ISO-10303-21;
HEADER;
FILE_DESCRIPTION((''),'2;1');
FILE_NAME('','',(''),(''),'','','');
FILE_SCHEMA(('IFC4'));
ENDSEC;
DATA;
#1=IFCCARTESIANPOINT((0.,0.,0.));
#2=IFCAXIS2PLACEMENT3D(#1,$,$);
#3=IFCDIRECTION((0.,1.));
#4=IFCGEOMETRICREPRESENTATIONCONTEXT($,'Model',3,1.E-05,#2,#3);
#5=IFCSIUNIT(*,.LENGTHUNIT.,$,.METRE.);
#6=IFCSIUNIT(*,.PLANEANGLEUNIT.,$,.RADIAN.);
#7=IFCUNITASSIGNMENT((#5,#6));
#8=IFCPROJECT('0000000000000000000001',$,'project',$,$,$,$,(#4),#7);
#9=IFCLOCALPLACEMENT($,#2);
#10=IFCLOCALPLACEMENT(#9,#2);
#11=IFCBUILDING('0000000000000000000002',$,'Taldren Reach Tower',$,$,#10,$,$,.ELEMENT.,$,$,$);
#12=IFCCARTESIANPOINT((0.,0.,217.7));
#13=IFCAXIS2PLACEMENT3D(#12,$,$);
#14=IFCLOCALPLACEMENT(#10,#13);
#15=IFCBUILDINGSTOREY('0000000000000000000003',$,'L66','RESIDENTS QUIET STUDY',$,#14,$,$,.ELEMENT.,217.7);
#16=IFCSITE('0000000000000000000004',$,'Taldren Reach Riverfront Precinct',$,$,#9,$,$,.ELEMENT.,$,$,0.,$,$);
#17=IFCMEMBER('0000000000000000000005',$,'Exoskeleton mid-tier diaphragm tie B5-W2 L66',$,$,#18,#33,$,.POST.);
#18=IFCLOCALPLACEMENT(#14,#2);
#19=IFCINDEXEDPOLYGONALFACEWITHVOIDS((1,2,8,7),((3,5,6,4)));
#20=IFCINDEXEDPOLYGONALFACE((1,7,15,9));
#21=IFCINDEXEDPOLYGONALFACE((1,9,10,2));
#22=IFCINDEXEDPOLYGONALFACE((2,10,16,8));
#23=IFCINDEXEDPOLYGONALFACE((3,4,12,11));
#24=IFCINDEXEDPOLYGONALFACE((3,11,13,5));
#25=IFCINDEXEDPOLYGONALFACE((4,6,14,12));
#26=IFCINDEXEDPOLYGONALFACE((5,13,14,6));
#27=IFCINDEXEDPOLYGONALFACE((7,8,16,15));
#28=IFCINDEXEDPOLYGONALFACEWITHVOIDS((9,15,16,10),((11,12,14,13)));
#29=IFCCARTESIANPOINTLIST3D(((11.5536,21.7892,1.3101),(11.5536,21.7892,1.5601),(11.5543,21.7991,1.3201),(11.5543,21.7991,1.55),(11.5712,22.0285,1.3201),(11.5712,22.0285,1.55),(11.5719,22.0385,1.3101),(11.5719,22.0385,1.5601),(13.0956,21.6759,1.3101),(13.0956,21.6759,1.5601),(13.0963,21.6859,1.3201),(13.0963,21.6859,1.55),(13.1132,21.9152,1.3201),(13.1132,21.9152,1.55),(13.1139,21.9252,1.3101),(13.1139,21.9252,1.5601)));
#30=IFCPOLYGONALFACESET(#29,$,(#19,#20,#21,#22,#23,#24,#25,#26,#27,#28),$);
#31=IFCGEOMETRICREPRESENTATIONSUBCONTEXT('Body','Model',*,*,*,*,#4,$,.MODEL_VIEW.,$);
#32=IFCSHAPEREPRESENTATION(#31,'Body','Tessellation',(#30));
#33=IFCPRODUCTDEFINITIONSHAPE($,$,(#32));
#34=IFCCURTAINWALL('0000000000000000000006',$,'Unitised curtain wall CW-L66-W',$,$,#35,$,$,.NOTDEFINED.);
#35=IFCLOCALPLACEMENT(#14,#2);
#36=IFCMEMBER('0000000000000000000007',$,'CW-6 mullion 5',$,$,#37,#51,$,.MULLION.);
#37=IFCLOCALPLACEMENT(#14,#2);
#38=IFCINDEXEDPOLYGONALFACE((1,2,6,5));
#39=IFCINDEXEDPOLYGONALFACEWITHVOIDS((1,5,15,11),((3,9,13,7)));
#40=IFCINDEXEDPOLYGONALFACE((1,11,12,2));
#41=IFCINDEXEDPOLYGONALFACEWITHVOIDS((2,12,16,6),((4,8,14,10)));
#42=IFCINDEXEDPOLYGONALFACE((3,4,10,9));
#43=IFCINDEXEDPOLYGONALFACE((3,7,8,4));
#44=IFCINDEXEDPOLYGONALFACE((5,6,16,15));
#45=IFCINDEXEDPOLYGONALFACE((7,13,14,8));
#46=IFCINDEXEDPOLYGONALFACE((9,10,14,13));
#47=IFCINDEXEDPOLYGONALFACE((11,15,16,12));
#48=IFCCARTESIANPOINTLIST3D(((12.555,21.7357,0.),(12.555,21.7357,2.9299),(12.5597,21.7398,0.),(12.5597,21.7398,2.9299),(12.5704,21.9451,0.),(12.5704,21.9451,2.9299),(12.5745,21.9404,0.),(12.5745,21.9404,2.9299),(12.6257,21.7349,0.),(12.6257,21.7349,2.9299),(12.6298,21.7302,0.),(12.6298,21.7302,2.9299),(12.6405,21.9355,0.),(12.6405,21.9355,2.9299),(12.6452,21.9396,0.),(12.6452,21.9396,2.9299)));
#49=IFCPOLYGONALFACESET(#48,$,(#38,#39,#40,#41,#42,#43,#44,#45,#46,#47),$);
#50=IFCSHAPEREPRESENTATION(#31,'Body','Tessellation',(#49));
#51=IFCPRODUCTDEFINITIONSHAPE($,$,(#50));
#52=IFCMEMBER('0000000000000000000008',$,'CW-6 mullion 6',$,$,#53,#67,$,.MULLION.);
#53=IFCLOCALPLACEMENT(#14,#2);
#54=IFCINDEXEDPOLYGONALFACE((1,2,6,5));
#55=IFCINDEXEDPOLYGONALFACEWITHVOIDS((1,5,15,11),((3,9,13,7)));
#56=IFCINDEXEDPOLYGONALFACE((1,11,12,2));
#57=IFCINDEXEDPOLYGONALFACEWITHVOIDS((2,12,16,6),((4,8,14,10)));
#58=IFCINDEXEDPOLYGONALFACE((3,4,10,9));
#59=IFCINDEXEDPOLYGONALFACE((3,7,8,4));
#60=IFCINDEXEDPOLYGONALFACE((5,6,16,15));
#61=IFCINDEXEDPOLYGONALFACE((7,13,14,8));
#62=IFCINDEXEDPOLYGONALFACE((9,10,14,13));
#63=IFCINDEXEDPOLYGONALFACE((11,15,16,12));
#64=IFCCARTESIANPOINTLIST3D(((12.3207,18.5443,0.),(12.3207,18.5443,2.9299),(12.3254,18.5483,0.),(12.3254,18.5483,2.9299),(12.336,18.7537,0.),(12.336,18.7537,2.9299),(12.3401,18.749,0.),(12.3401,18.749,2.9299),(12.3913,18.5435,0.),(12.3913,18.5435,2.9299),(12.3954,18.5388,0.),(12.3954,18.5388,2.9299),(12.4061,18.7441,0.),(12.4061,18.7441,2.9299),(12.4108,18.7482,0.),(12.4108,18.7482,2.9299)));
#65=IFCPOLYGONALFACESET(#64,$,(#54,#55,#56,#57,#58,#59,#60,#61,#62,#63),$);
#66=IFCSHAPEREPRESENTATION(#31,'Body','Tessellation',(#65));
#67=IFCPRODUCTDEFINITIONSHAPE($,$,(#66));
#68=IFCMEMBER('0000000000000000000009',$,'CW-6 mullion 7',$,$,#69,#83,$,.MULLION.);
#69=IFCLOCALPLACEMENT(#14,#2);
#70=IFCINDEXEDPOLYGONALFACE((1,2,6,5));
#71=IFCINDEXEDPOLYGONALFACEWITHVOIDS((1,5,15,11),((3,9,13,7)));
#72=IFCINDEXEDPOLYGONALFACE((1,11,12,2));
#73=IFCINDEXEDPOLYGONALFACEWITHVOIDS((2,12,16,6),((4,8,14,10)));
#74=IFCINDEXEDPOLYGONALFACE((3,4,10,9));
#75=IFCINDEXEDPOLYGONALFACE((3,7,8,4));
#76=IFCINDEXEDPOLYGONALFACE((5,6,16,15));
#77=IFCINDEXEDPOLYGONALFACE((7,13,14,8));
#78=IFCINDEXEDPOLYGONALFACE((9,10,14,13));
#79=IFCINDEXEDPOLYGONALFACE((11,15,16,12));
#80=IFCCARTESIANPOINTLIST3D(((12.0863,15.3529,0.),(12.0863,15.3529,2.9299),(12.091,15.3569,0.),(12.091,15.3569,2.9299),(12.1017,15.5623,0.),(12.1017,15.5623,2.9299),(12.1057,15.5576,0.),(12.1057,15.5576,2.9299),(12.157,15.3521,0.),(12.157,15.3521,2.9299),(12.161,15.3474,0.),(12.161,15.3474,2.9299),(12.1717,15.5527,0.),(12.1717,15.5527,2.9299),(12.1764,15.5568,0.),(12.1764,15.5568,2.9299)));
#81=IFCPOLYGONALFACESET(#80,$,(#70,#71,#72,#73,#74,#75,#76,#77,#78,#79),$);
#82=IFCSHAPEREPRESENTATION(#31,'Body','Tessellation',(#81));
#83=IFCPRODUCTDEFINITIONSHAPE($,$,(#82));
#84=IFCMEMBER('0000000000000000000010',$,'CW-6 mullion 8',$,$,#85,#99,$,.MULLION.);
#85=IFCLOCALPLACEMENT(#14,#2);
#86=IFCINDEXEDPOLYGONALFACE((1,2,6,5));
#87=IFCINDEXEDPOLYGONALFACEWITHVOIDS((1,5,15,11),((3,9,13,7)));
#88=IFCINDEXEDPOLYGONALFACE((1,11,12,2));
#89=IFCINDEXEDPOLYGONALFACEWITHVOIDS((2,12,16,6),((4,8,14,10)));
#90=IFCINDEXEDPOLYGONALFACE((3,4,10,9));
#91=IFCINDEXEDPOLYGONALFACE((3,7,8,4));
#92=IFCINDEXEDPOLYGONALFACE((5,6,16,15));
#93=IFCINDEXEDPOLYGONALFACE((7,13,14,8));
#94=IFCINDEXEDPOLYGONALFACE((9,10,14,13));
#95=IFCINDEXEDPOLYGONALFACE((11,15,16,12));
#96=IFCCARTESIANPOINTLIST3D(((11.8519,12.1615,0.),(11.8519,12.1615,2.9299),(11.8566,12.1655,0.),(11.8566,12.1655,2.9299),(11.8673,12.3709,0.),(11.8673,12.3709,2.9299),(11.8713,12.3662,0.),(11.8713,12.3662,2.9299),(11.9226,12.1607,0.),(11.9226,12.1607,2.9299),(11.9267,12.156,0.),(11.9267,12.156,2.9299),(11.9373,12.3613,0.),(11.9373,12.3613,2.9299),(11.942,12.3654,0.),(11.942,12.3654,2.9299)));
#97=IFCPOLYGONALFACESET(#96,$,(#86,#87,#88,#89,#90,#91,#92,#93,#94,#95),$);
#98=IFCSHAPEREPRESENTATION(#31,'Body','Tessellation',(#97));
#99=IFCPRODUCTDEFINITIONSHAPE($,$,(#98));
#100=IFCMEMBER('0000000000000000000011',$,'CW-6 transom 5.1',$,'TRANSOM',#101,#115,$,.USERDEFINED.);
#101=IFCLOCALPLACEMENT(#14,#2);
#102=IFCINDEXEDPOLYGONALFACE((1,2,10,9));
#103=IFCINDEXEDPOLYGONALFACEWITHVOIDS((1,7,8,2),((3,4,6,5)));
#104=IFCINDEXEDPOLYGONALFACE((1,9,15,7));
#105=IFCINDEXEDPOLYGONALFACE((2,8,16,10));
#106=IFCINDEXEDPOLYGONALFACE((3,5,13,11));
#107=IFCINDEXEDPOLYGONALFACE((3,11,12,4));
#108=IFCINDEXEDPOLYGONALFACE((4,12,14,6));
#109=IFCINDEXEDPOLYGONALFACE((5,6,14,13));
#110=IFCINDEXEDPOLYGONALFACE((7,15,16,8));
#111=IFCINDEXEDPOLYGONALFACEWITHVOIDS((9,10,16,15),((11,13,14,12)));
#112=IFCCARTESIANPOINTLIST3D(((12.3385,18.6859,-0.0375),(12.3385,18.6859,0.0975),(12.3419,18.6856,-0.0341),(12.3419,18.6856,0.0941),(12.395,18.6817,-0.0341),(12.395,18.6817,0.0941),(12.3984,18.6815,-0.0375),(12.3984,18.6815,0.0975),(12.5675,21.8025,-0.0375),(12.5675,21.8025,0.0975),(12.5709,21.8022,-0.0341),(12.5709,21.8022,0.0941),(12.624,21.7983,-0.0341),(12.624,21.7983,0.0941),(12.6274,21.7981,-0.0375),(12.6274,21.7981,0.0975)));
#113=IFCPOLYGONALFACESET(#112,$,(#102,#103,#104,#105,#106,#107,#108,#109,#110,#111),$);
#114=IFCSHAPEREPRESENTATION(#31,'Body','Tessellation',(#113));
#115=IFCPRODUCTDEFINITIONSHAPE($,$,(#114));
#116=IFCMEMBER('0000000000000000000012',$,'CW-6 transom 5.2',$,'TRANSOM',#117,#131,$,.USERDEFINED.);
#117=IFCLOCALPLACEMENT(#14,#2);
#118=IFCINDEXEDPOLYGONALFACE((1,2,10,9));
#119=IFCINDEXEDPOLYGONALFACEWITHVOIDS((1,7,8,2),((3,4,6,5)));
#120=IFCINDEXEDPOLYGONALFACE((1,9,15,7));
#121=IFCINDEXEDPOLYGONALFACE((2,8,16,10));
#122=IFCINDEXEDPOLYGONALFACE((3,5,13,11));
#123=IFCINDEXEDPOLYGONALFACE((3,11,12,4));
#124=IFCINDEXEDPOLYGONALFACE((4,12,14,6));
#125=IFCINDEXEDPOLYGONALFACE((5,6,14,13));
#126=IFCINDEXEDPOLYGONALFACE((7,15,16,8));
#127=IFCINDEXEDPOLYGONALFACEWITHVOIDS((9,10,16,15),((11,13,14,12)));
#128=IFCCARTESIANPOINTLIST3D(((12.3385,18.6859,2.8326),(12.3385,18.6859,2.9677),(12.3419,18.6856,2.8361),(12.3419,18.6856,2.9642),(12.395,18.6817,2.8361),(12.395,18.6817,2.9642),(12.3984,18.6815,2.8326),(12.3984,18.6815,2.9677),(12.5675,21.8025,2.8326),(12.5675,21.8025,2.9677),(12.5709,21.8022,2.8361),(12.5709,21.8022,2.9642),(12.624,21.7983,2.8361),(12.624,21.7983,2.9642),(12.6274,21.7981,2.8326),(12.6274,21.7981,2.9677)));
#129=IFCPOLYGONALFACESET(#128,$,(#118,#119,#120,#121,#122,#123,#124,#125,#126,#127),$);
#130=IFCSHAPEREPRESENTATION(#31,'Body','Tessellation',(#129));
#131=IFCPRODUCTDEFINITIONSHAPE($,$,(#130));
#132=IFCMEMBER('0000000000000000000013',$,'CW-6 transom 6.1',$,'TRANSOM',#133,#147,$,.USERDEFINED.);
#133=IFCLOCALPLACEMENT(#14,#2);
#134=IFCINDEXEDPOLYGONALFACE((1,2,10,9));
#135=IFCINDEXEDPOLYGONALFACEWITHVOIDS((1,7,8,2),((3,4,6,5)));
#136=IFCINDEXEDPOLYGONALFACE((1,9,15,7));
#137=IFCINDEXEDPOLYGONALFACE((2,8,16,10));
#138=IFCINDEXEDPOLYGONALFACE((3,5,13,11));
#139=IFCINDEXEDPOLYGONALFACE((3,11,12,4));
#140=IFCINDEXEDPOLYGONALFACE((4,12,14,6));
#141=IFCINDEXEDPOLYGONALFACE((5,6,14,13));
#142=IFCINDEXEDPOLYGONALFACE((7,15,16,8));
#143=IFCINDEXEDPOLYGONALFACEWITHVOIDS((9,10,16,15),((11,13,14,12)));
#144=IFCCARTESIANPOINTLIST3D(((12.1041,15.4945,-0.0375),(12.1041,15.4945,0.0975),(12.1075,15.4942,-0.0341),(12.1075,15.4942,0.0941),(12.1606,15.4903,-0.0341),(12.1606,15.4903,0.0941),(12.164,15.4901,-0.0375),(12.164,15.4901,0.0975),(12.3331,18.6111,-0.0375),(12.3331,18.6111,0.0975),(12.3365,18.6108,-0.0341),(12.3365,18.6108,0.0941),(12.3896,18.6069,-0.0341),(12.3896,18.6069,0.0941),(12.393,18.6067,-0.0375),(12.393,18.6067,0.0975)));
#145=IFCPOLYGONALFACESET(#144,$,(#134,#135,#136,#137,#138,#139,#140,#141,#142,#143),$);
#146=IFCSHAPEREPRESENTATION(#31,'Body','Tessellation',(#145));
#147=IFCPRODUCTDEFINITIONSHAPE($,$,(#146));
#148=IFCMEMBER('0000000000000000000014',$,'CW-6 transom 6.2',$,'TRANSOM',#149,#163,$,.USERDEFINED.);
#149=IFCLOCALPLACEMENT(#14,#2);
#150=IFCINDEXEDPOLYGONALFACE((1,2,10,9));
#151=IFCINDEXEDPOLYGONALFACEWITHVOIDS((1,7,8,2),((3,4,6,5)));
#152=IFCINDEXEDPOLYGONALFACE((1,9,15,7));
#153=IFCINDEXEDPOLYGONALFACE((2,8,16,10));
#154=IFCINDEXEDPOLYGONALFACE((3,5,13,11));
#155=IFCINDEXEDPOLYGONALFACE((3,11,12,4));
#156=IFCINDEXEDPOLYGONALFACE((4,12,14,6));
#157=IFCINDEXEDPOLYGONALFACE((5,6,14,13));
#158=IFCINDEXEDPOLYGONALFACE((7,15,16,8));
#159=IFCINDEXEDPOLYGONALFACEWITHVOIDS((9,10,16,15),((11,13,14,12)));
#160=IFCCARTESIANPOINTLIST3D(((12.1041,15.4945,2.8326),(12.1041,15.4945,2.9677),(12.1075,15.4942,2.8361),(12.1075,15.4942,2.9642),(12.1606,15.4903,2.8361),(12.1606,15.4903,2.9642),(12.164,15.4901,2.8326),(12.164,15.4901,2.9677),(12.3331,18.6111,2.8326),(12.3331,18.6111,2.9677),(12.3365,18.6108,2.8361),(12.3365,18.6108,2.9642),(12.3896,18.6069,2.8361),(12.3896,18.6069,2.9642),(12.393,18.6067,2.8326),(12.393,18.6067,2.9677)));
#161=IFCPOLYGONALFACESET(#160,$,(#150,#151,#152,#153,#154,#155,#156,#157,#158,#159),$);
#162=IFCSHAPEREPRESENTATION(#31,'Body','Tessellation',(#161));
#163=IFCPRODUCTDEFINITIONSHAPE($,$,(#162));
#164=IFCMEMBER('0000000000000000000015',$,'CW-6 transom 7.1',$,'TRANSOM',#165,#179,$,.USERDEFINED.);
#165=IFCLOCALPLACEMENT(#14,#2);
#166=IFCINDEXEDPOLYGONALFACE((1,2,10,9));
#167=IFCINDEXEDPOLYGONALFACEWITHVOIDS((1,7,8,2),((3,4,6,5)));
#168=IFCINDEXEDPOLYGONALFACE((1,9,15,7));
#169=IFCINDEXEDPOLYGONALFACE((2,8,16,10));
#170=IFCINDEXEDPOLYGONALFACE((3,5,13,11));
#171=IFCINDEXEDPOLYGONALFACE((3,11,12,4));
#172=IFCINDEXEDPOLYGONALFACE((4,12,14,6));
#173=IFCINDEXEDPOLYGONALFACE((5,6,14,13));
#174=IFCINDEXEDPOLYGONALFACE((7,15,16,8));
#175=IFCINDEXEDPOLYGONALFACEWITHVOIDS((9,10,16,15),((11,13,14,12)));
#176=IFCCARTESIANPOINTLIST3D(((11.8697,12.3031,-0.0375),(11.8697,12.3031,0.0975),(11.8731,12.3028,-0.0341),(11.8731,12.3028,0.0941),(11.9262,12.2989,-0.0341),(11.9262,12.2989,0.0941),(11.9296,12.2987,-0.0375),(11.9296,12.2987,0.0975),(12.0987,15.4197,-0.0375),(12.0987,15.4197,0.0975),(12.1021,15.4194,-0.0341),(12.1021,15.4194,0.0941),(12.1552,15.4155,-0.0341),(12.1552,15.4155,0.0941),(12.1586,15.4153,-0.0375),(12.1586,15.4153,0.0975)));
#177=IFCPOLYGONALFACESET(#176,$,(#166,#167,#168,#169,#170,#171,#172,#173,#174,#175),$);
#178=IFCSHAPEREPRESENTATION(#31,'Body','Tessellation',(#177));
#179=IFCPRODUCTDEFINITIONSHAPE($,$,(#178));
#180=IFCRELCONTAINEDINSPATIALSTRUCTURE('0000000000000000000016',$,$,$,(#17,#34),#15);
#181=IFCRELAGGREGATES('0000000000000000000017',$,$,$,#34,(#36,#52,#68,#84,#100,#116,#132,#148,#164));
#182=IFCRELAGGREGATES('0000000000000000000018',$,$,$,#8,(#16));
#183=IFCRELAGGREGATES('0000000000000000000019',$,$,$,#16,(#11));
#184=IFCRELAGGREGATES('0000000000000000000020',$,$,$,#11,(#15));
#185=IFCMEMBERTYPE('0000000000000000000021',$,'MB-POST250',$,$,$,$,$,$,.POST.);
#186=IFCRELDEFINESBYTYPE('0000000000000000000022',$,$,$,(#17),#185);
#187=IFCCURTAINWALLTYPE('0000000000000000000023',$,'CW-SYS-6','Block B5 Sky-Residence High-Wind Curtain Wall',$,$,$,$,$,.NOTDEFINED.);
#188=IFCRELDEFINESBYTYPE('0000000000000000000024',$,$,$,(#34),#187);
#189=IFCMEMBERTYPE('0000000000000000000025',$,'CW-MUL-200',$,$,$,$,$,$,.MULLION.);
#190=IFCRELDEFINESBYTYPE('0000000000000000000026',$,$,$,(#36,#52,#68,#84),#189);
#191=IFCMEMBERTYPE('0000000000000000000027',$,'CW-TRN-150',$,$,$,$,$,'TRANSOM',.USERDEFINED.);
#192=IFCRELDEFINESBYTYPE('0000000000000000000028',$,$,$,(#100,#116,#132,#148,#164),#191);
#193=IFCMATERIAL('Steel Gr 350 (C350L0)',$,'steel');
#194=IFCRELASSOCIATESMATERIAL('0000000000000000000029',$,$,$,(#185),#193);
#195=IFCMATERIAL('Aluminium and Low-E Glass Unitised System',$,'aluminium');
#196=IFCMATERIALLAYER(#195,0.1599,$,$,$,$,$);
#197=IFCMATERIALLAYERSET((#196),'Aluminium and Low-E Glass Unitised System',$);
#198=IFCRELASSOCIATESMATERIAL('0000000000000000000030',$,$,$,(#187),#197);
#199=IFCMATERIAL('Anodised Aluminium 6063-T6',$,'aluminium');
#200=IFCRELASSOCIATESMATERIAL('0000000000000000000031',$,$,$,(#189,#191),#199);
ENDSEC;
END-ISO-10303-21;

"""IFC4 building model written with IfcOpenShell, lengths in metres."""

from ifc_helpers import new_model, si_unit, direction, frame, origin, origin_2d, place, context, subcontext, project, spatial, hollow_rectangle, extrude, source, transform, mapped, material, layer, layer_set, material_profile, profile_set, type_object, element, aggregate, save


model = new_model("IFC4")

# Units and contexts
model_context = context("Model", 3, precision=1e-05, world=origin(), true_north=direction((0.0, 1.0)))
body_context = subcontext(model_context, "Body", "Model", "MODEL_VIEW")
ifc_project = project(units=[si_unit("LENGTHUNIT", "METRE"), si_unit("PLANEANGLEUNIT", "RADIAN")], contexts=[model_context])

# Site, building, storey
site_placement = place(None, origin())
site = spatial("IfcSite", under=ifc_project, at=site_placement, Name="Taldren Reach Riverfront Precinct", CompositionType="ELEMENT", RefElevation=0.0)
building_placement = place(site_placement, origin())
building = spatial("IfcBuilding", under=site, at=building_placement, Name="Taldren Reach Tower", CompositionType="ELEMENT")
storey_placement = place(building_placement, frame((0.0, 0.0, 217.7)))
storey = spatial("IfcBuildingStorey", under=building, at=storey_placement, Name="L66", Description="RESIDENTS QUIET STUDY", CompositionType="ELEMENT", Elevation=217.7)

# Member
ifc_material_1 = material(Name="Steel Gr 350 (C350L0)", Category="steel")
ifc_material_profile_1 = material_profile(ifc_material_1, hollow_rectangle(XDim=0.25, YDim=0.25, WallThickness=0.01, at=origin_2d()), Name="250x250x10.0SHS")
ifc_profile_set_1 = profile_set([ifc_material_profile_1], Name="Steel Gr 350 (C350L0)")
member_type_1 = type_object("IfcMemberType", Name="MB-POST250", PredefinedType="POST", material=ifc_profile_set_1)
shared_shape_1 = source(origin(), body_context, "Body", "SweptSolid", [
    extrude(hollow_rectangle(XDim=0.25, YDim=0.25, WallThickness=0.01, at=origin_2d()), origin(), (0.0, 0.0, 1.0), 1.5461),
])
for number, where, z_axis, x_axis, name in (
    (1, (13.1047, 21.8005, 1.4351), (-0.997312, 0.073267, 0.0), (-0.073267, -0.997312, 0.0), "Exoskeleton mid-tier diaphragm tie B5-W2 L66"),
):
    element("IfcMember", number, at=place(storey_placement, frame(where, z_axis=z_axis, x_axis=x_axis)), inside=storey, type_object=member_type_1, Name=name, PredefinedType="POST", context=body_context, shape_type="MappedRepresentation", body=[
        mapped(shared_shape_1, transform((0.0, 0.0, 0.0), scale=1.0)),
    ])

# Curtain wall, members
ifc_material_2 = material(Name="Aluminium and Low-E Glass Unitised System", Category="aluminium")
ifc_layer_1 = layer(ifc_material_2, 0.1599)
ifc_layer_set_1 = layer_set([ifc_layer_1], Name="Aluminium and Low-E Glass Unitised System")
curtain_wall_type = type_object("IfcCurtainWallType", Name="CW-SYS-6", Description="Block B5 Sky-Residence High-Wind Curtain Wall", PredefinedType="NOTDEFINED", material=ifc_layer_set_1)
curtain_wall_placement = place(storey_placement, origin())
curtain_wall = element("IfcCurtainWall", 2, at=curtain_wall_placement, inside=storey, type_object=curtain_wall_type, Name="Unitised curtain wall CW-L66-W", PredefinedType="NOTDEFINED")
ifc_material_3 = material(Name="Anodised Aluminium 6063-T6", Category="aluminium")
ifc_material_profile_2 = material_profile(ifc_material_3, hollow_rectangle(XDim=0.075, YDim=0.21, WallThickness=0.0044, at=origin_2d()), Name="ALU-210x75x4.5RHS")
ifc_profile_set_2 = profile_set([ifc_material_profile_2], Name="Anodised Aluminium 6063-T6")
member_type_2 = type_object("IfcMemberType", Name="CW-MUL-200", PredefinedType="MULLION", material=ifc_profile_set_2)
shared_shape_2 = source(origin(), body_context, "Body", "SweptSolid", [
    extrude(hollow_rectangle(XDim=0.075, YDim=0.21, WallThickness=0.0044, at=origin_2d()), origin(), (0.0, 0.0, 1.0), 2.9299),
])
member_1_placement = place(storey_placement, frame((12.6001, 21.8376, 0.0), z_axis=(0.0, 0.0, 1.0), x_axis=(0.997314, -0.073238, 0.0)))
member_1 = element("IfcMember", 3, at=member_1_placement, type_object=member_type_2, Name="CW-6 mullion 5", PredefinedType="MULLION", context=body_context, shape_type="MappedRepresentation", body=[
    mapped(shared_shape_2, transform((0.0, 0.0, 0.0), scale=1.0)),
])
member_2_placement = place(storey_placement, frame((12.3657, 18.6462, 0.0), z_axis=(0.0, 0.0, 1.0), x_axis=(0.997314, -0.073238, 0.0)))
member_2 = element("IfcMember", 4, at=member_2_placement, type_object=member_type_2, Name="CW-6 mullion 6", PredefinedType="MULLION", context=body_context, shape_type="MappedRepresentation", body=[
    mapped(shared_shape_2, transform((0.0, 0.0, 0.0), scale=1.0)),
])
member_3_placement = place(storey_placement, frame((12.1313, 15.4548, 0.0), z_axis=(0.0, 0.0, 1.0), x_axis=(0.997314, -0.073238, 0.0)))
member_3 = element("IfcMember", 5, at=member_3_placement, type_object=member_type_2, Name="CW-6 mullion 7", PredefinedType="MULLION", context=body_context, shape_type="MappedRepresentation", body=[
    mapped(shared_shape_2, transform((0.0, 0.0, 0.0), scale=1.0)),
])
member_4_placement = place(storey_placement, frame((11.897, 12.2634, 0.0), z_axis=(0.0, 0.0, 1.0), x_axis=(0.997314, -0.073238, 0.0)))
member_4 = element("IfcMember", 6, at=member_4_placement, type_object=member_type_2, Name="CW-6 mullion 8", PredefinedType="MULLION", context=body_context, shape_type="MappedRepresentation", body=[
    mapped(shared_shape_2, transform((0.0, 0.0, 0.0), scale=1.0)),
])
ifc_material_profile_3 = material_profile(ifc_material_3, hollow_rectangle(XDim=0.0601, YDim=0.135, WallThickness=0.0034, at=origin_2d()), Name="ALU-135x60x3.5RHS")
ifc_profile_set_3 = profile_set([ifc_material_profile_3], Name="Anodised Aluminium 6063-T6")
member_type_3 = type_object("IfcMemberType", Name="CW-TRN-150", ElementType="TRANSOM", PredefinedType="USERDEFINED", material=ifc_profile_set_3)
shared_shape_3 = source(origin(), body_context, "Body", "SweptSolid", [
    extrude(hollow_rectangle(XDim=0.0601, YDim=0.135, WallThickness=0.0034, at=origin_2d()), origin(), (0.0, 0.0, 1.0), 3.125),
])
member_5_placement = place(storey_placement, frame((12.5974, 21.8003, 0.03), z_axis=(-0.073279, -0.997311, 0.0), x_axis=(0.997311, -0.073279, 0.0)))
member_5 = element("IfcMember", 7, at=member_5_placement, type_object=member_type_3, Name="CW-6 transom 5.1", ObjectType="TRANSOM", PredefinedType="USERDEFINED", context=body_context, shape_type="MappedRepresentation", body=[
    mapped(shared_shape_3, transform((0.0, 0.0, 0.0), scale=1.0)),
])
member_6_placement = place(storey_placement, frame((12.5974, 21.8003, 2.9001), z_axis=(-0.073279, -0.997311, 0.0), x_axis=(0.997311, -0.073279, 0.0)))
member_6 = element("IfcMember", 8, at=member_6_placement, type_object=member_type_3, Name="CW-6 transom 5.2", ObjectType="TRANSOM", PredefinedType="USERDEFINED", context=body_context, shape_type="MappedRepresentation", body=[
    mapped(shared_shape_3, transform((0.0, 0.0, 0.0), scale=1.0)),
])
member_7_placement = place(storey_placement, frame((12.363, 18.6089, 0.03), z_axis=(-0.073279, -0.997311, 0.0), x_axis=(0.997311, -0.073279, 0.0)))
member_7 = element("IfcMember", 9, at=member_7_placement, type_object=member_type_3, Name="CW-6 transom 6.1", ObjectType="TRANSOM", PredefinedType="USERDEFINED", context=body_context, shape_type="MappedRepresentation", body=[
    mapped(shared_shape_3, transform((0.0, 0.0, 0.0), scale=1.0)),
])
member_8_placement = place(storey_placement, frame((12.363, 18.6089, 2.9001), z_axis=(-0.073279, -0.997311, 0.0), x_axis=(0.997311, -0.073279, 0.0)))
member_8 = element("IfcMember", 10, at=member_8_placement, type_object=member_type_3, Name="CW-6 transom 6.2", ObjectType="TRANSOM", PredefinedType="USERDEFINED", context=body_context, shape_type="MappedRepresentation", body=[
    mapped(shared_shape_3, transform((0.0, 0.0, 0.0), scale=1.0)),
])
member_9_placement = place(storey_placement, frame((12.1287, 15.4175, 0.03), z_axis=(-0.073279, -0.997311, 0.0), x_axis=(0.997311, -0.073279, 0.0)))
member_9 = element("IfcMember", 11, at=member_9_placement, type_object=member_type_3, Name="CW-6 transom 7.1", ObjectType="TRANSOM", PredefinedType="USERDEFINED", context=body_context, shape_type="MappedRepresentation", body=[
    mapped(shared_shape_3, transform((0.0, 0.0, 0.0), scale=1.0)),
])

aggregate(curtain_wall, [member_1, member_2, member_3, member_4, member_5, member_6, member_7, member_8, member_9])

save(model, "model.ifc")
